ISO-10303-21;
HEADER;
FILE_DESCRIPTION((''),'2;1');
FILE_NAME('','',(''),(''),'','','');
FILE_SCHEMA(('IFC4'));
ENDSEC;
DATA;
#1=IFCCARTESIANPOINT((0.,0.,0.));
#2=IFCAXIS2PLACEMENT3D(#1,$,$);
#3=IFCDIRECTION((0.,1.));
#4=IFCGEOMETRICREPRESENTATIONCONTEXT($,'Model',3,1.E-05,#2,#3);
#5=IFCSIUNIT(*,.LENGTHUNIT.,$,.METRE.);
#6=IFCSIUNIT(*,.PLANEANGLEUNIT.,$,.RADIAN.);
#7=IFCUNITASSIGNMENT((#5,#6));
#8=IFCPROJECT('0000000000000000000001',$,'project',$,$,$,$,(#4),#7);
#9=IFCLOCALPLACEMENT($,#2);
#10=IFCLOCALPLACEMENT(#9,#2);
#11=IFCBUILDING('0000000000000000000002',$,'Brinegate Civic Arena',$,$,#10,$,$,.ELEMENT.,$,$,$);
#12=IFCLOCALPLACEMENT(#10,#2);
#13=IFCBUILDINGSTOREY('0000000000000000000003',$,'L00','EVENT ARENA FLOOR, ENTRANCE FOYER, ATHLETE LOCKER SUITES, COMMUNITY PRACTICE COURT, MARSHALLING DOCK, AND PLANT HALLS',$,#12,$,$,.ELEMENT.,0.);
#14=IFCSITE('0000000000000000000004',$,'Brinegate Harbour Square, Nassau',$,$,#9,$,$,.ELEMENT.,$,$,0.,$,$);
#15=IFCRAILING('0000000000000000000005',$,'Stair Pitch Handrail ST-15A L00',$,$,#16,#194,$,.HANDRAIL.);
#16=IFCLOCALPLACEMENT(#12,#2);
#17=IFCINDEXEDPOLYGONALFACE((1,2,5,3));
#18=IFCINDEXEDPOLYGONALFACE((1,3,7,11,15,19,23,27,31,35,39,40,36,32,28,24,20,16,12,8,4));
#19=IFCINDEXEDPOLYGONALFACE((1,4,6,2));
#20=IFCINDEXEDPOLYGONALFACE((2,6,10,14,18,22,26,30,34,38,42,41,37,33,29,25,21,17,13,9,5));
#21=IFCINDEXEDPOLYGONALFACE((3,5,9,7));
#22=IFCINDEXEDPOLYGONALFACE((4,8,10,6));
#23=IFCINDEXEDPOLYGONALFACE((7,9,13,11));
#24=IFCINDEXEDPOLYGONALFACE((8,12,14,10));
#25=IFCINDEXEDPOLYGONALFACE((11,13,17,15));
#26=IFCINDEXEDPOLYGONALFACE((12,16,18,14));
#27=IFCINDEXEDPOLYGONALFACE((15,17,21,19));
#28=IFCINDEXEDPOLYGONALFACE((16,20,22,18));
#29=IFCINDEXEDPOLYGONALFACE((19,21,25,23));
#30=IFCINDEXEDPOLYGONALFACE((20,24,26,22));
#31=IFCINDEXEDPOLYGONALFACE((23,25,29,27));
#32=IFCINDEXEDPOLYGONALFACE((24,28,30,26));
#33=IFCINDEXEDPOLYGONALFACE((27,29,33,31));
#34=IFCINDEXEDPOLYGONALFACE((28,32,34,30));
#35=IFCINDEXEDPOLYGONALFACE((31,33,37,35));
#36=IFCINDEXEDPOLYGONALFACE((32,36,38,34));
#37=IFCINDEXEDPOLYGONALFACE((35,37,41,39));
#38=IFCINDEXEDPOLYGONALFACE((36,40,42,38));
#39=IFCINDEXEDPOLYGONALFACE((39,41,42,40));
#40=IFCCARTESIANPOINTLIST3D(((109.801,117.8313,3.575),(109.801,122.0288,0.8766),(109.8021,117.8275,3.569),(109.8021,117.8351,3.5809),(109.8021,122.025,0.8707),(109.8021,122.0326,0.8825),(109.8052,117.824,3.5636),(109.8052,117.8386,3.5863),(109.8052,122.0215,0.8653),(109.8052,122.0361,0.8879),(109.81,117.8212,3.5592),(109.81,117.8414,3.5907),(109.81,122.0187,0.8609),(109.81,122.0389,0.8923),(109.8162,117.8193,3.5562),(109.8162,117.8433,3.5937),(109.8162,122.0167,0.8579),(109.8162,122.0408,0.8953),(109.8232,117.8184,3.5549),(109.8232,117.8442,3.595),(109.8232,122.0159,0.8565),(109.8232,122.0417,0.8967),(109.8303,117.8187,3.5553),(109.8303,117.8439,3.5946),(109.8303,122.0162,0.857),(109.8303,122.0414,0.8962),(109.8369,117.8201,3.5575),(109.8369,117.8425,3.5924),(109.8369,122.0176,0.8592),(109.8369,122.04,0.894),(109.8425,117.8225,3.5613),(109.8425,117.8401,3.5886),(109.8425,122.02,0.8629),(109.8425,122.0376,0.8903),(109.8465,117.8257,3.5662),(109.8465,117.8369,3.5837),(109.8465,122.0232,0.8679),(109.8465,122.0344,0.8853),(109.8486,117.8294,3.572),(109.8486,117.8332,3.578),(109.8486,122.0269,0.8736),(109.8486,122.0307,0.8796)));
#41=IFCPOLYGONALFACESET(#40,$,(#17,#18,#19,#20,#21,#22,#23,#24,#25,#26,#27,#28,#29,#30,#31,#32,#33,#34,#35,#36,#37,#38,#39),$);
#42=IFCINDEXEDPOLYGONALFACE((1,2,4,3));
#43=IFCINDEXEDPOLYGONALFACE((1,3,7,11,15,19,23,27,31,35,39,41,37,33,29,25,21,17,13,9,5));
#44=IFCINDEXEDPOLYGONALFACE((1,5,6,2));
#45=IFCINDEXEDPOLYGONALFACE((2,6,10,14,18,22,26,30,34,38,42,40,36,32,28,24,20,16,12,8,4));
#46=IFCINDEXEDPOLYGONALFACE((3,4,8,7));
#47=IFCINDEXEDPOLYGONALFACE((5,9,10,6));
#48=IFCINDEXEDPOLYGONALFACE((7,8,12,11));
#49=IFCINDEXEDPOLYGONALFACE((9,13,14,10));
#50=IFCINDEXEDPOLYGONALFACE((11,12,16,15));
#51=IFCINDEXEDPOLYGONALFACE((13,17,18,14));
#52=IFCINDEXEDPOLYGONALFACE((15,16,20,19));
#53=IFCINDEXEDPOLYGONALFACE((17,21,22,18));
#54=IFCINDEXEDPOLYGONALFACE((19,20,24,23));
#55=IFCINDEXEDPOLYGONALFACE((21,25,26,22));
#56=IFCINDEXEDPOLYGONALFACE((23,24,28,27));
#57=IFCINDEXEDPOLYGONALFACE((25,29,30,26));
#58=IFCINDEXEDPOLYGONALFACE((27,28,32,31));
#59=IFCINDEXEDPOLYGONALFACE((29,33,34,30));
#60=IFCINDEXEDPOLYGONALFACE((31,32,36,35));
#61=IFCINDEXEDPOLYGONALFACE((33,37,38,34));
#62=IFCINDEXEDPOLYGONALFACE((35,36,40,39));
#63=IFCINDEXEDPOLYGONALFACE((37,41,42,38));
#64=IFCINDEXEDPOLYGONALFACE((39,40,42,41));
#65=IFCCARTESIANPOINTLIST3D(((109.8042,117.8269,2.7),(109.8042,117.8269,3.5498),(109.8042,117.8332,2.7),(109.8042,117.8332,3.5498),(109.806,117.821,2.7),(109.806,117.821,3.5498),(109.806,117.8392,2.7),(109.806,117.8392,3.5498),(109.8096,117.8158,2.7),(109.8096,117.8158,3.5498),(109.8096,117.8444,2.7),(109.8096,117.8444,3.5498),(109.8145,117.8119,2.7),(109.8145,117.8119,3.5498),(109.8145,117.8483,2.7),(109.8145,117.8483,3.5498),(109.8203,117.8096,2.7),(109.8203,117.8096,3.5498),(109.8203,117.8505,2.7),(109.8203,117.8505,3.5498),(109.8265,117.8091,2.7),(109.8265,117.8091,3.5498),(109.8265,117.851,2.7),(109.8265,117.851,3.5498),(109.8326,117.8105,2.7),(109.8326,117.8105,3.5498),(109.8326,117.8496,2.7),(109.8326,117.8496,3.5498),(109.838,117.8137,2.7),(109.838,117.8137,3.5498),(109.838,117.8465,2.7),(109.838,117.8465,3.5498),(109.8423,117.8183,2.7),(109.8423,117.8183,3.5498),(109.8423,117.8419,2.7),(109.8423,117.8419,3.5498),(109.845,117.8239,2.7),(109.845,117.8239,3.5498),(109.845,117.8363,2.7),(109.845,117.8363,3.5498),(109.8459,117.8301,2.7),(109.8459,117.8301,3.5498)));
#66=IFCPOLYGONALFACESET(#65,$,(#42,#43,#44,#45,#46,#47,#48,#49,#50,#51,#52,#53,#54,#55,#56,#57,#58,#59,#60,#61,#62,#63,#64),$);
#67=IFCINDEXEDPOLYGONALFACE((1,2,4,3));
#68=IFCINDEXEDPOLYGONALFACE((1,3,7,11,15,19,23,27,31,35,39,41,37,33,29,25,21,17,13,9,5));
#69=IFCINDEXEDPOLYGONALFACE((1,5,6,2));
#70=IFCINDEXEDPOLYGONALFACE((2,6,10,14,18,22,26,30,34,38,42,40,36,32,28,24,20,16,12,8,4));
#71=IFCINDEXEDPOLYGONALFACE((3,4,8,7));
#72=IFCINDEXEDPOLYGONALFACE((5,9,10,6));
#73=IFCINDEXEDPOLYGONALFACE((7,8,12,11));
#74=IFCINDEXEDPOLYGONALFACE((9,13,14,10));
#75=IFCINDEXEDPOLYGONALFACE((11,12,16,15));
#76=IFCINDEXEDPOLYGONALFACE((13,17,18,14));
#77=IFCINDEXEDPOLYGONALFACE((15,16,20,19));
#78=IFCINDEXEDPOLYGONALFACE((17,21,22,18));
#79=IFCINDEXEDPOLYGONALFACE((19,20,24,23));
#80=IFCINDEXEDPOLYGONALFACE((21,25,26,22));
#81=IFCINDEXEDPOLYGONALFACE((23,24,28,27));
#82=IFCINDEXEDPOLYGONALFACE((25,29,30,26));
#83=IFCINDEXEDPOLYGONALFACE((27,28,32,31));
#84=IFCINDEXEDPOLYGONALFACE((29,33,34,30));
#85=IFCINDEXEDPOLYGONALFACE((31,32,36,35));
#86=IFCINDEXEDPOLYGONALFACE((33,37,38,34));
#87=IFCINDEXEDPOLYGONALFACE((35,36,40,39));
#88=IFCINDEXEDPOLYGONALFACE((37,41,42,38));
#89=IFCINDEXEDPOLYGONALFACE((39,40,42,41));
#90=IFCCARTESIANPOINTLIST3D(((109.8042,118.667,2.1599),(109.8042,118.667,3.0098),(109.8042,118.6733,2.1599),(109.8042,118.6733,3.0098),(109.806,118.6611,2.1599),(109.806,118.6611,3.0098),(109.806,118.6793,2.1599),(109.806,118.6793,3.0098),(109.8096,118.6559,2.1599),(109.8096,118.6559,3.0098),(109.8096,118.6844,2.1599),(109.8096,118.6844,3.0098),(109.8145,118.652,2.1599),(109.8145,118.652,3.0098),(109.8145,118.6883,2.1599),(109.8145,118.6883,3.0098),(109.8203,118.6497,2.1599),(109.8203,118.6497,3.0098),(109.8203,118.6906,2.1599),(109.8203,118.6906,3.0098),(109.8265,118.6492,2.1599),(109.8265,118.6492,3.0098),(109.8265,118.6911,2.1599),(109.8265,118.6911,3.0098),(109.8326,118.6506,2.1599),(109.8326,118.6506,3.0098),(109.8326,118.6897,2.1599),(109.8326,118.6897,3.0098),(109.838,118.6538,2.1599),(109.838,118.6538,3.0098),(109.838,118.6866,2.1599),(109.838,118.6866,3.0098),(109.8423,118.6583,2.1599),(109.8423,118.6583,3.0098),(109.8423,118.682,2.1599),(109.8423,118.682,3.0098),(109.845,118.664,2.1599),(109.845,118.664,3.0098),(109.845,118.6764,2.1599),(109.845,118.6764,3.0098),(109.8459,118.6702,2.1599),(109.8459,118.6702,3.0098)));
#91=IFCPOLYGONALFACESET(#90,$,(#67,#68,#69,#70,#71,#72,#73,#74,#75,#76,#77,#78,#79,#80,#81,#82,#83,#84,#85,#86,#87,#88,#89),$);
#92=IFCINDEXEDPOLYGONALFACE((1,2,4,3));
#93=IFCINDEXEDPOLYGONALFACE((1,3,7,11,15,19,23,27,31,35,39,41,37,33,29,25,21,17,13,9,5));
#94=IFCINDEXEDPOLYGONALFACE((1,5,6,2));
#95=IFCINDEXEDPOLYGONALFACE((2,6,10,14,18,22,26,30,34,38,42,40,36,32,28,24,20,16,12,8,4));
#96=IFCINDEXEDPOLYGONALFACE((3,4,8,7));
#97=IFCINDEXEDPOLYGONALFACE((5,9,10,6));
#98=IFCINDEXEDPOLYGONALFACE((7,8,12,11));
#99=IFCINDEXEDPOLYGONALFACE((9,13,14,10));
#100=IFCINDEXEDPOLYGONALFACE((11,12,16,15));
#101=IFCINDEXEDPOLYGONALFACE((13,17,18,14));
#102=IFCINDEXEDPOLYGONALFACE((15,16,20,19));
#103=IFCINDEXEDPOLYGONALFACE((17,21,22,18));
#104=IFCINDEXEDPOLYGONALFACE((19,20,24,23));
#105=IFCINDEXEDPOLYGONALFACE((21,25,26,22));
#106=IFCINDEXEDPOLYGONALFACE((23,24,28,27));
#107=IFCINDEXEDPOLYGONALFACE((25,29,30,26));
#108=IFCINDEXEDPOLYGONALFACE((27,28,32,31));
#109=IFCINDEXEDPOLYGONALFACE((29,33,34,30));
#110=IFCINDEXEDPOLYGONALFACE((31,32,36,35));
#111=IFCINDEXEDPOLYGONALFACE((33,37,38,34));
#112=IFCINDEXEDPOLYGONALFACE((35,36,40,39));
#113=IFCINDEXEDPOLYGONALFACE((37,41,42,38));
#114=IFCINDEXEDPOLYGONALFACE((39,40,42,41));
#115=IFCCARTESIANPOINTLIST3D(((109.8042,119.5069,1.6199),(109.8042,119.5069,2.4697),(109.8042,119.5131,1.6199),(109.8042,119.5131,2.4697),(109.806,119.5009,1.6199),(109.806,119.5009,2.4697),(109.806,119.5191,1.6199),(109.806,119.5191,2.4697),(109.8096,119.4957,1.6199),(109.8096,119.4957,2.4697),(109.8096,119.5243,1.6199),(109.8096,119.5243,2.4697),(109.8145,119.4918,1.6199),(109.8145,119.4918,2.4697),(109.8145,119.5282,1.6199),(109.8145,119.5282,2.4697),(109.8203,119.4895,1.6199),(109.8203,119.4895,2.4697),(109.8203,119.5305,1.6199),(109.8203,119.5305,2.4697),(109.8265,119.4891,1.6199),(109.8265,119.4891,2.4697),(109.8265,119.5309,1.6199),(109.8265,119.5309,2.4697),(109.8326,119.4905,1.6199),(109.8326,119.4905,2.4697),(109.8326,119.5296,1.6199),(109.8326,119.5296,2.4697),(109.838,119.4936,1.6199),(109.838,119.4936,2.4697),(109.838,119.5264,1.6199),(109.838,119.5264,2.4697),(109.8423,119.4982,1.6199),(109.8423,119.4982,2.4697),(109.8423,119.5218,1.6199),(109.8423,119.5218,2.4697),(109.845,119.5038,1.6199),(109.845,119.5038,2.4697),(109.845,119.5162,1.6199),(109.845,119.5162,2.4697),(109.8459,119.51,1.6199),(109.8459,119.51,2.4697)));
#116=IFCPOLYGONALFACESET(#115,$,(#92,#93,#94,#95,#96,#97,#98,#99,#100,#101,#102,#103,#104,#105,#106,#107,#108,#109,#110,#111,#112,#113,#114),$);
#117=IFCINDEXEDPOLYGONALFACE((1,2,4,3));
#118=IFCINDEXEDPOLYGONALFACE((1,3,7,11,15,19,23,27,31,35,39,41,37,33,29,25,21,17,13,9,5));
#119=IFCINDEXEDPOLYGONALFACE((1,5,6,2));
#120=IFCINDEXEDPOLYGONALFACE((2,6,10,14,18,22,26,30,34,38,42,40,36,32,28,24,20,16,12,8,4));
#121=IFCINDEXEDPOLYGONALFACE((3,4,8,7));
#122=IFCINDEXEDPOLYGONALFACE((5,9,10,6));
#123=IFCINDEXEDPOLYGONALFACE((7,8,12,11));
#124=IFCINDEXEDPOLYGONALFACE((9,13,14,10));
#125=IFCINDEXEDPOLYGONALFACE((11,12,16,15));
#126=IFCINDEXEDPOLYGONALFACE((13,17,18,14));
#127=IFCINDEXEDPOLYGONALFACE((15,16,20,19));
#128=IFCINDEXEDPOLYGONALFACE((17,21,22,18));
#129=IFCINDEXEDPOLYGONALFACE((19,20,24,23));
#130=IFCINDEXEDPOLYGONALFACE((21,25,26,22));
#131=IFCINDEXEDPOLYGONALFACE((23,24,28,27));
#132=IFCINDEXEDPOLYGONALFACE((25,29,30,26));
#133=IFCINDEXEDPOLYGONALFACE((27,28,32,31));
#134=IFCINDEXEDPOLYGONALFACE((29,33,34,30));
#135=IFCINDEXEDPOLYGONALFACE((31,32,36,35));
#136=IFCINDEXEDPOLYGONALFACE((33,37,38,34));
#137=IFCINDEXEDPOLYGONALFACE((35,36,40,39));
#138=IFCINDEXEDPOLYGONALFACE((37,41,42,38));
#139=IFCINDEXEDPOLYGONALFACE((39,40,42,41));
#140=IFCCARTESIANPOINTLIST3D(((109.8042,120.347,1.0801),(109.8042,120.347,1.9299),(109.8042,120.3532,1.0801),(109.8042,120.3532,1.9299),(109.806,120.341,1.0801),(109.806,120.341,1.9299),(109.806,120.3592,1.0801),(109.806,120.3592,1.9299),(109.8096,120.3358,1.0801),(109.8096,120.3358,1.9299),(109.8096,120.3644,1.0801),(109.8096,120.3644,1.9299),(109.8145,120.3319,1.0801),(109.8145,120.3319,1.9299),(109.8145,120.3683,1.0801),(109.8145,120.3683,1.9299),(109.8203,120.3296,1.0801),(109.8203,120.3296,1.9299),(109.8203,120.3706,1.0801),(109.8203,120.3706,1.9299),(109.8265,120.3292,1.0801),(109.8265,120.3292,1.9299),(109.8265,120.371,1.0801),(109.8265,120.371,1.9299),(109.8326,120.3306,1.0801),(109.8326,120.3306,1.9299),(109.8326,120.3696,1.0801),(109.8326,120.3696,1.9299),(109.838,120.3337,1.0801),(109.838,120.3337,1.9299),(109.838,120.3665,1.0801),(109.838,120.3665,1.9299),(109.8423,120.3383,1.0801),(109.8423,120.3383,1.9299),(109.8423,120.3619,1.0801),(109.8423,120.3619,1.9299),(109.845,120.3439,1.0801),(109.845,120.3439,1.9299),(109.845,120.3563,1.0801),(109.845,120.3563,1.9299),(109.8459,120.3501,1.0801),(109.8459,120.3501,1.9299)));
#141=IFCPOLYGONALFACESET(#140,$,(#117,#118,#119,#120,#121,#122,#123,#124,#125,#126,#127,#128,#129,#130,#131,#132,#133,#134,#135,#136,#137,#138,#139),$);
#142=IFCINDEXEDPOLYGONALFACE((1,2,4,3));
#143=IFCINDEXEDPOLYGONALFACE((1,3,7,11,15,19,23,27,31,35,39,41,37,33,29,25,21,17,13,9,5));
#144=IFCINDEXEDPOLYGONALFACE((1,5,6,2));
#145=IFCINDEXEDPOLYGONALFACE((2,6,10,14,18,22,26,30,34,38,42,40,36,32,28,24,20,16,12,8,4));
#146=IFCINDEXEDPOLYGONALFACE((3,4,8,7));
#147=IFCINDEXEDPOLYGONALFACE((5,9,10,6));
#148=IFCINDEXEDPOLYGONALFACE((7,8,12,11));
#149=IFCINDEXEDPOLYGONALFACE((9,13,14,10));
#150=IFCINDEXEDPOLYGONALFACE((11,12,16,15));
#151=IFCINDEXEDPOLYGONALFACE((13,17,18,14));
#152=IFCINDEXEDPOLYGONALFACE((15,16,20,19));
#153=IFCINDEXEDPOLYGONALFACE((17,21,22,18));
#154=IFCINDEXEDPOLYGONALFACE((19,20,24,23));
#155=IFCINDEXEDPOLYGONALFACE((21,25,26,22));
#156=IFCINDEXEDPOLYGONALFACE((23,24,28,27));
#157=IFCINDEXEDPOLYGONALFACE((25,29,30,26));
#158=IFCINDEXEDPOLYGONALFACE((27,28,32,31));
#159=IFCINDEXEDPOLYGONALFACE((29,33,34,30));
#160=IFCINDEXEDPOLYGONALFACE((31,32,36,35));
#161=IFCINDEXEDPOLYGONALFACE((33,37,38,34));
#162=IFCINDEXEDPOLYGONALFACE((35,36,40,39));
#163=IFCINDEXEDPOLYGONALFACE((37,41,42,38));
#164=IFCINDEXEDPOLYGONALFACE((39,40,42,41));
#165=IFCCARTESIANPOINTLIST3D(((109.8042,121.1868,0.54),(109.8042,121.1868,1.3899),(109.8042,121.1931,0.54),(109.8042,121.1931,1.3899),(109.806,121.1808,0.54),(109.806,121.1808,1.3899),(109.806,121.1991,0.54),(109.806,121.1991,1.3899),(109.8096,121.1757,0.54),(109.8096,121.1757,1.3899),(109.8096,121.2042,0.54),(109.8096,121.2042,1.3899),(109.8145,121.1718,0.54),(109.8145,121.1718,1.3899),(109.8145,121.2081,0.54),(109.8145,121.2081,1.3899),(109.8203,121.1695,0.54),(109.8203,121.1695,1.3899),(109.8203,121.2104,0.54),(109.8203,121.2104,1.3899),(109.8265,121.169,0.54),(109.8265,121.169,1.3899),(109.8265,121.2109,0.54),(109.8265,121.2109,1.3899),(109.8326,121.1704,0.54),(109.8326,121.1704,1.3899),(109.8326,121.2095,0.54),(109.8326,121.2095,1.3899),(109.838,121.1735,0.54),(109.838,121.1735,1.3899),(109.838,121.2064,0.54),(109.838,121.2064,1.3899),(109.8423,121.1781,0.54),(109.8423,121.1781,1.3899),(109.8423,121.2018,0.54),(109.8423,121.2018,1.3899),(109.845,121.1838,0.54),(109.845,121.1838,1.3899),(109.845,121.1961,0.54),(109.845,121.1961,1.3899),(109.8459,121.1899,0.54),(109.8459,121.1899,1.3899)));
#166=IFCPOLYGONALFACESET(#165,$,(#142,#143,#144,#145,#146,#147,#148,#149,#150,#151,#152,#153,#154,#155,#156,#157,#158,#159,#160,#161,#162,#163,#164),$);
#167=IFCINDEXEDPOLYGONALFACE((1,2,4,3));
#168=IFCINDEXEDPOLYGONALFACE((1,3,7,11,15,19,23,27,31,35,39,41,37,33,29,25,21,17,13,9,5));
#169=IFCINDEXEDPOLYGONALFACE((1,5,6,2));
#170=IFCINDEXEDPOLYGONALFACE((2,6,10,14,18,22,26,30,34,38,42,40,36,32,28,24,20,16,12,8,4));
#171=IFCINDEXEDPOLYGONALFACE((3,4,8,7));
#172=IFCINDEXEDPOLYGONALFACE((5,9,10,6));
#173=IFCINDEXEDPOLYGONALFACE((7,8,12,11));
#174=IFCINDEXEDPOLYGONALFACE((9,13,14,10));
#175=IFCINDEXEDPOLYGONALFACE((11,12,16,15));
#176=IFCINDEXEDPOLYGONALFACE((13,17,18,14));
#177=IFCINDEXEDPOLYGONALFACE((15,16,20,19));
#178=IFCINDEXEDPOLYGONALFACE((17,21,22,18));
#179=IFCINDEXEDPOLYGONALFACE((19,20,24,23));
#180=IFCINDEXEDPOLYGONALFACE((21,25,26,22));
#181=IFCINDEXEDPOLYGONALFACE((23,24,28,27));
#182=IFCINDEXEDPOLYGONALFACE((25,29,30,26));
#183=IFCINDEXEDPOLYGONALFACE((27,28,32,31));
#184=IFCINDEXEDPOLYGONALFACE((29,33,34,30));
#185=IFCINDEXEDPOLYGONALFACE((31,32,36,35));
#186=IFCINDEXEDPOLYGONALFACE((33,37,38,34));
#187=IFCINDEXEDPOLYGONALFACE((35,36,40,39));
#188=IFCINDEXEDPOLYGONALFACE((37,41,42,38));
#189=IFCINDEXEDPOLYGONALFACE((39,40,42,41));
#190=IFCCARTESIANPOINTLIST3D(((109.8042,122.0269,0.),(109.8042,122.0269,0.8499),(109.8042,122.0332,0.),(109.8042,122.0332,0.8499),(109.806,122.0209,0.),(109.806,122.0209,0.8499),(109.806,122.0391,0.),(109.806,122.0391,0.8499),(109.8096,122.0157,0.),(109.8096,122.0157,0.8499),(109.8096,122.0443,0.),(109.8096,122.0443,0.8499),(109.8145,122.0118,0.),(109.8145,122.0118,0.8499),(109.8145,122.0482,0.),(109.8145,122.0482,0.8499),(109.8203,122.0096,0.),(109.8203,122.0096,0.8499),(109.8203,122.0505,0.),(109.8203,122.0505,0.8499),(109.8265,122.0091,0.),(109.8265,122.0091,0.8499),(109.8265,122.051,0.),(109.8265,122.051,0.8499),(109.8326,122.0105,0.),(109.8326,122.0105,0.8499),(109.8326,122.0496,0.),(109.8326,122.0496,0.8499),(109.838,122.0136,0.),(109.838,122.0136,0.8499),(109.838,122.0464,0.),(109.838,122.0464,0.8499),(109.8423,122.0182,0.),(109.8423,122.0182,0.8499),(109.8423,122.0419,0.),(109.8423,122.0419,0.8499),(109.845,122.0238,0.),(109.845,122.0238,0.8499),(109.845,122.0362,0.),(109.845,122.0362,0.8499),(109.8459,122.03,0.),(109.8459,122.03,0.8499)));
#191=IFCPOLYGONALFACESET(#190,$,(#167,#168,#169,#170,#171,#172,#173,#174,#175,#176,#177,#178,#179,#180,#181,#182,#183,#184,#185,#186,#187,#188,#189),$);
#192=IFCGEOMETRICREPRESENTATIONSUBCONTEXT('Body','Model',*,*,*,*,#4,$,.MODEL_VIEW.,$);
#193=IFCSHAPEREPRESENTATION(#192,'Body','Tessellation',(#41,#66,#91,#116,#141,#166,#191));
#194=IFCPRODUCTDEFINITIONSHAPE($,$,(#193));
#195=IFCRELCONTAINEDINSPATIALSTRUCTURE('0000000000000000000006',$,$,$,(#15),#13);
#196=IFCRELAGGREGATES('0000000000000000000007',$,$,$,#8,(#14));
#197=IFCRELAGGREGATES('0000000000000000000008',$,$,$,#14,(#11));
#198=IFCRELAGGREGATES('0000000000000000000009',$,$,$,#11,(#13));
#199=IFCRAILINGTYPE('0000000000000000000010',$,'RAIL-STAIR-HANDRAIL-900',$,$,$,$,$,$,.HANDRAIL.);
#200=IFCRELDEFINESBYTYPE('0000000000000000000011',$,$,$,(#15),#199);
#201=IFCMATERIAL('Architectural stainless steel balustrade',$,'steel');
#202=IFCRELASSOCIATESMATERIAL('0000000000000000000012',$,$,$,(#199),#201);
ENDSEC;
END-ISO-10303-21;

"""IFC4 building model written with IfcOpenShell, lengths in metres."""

from ifc_helpers import new_model, si_unit, direction, frame, origin, origin_2d, place, context, subcontext, project, spatial, circle, extrude, material, type_object, element, save


model = new_model("IFC4")

# Units and contexts
model_context = context("Model", 3, precision=1e-05, world=origin(), true_north=direction((0.0, 1.0)))
body_context = subcontext(model_context, "Body", "Model", "MODEL_VIEW")
ifc_project = project(units=[si_unit("LENGTHUNIT", "METRE"), si_unit("PLANEANGLEUNIT", "RADIAN")], contexts=[model_context])

# Site, building, storey
site_placement = place(None, origin())
site = spatial("IfcSite", under=ifc_project, at=site_placement, Name="Brinegate Harbour Square, Nassau", CompositionType="ELEMENT", RefElevation=0.0)
building_placement = place(site_placement, origin())
building = spatial("IfcBuilding", under=site, at=building_placement, Name="Brinegate Civic Arena", CompositionType="ELEMENT")
storey_placement = place(building_placement, origin())
storey = spatial("IfcBuildingStorey", under=building, at=storey_placement, Name="L00", Description="EVENT ARENA FLOOR, ENTRANCE FOYER, ATHLETE LOCKER SUITES, COMMUNITY PRACTICE COURT, MARSHALLING DOCK, AND PLANT HALLS", CompositionType="ELEMENT", Elevation=0.0)

# Railing
ifc_material_1 = material(Name="Architectural stainless steel balustrade", Category="steel")
railing_type = type_object("IfcRailingType", Name="RAIL-STAIR-HANDRAIL-900", PredefinedType="HANDRAIL", material=ifc_material_1)
railing_placement = place(storey_placement, frame((109.825, 117.8301, 2.7)))
element("IfcRailing", 1, at=railing_placement, inside=storey, type_object=railing_type, Name="Stair Pitch Handrail ST-15A L00", PredefinedType="HANDRAIL", context=body_context, shape_type="SweptSolid", body=[
    extrude(circle(Radius=0.0239, at=origin_2d()), frame((0.0, 0.0012, 0.875), z_axis=(0.0, 0.84118, -0.540755), x_axis=(-1.0, 0.0, 0.0)), (0.0, 0.0, 1.0), 4.99),
    extrude(circle(Radius=0.021, at=origin_2d()), origin(), (0.0, 0.0, 1.0), 0.8499),
    extrude(circle(Radius=0.021, at=origin_2d()), frame((0.0, 0.8401, -0.54)), (0.0, 0.0, 1.0), 0.8499),
    extrude(circle(Radius=0.021, at=origin_2d()), frame((0.0, 1.6799, -1.0801)), (0.0, 0.0, 1.0), 0.8499),
    extrude(circle(Radius=0.021, at=origin_2d()), frame((0.0, 2.52, -1.6199)), (0.0, 0.0, 1.0), 0.8499),
    extrude(circle(Radius=0.021, at=origin_2d()), frame((0.0, 3.3599, -2.1599)), (0.0, 0.0, 1.0), 0.8499),
    extrude(circle(Radius=0.021, at=origin_2d()), frame((0.0, 4.2, -2.7)), (0.0, 0.0, 1.0), 0.8499),
])

save(model, "model.ifc")
